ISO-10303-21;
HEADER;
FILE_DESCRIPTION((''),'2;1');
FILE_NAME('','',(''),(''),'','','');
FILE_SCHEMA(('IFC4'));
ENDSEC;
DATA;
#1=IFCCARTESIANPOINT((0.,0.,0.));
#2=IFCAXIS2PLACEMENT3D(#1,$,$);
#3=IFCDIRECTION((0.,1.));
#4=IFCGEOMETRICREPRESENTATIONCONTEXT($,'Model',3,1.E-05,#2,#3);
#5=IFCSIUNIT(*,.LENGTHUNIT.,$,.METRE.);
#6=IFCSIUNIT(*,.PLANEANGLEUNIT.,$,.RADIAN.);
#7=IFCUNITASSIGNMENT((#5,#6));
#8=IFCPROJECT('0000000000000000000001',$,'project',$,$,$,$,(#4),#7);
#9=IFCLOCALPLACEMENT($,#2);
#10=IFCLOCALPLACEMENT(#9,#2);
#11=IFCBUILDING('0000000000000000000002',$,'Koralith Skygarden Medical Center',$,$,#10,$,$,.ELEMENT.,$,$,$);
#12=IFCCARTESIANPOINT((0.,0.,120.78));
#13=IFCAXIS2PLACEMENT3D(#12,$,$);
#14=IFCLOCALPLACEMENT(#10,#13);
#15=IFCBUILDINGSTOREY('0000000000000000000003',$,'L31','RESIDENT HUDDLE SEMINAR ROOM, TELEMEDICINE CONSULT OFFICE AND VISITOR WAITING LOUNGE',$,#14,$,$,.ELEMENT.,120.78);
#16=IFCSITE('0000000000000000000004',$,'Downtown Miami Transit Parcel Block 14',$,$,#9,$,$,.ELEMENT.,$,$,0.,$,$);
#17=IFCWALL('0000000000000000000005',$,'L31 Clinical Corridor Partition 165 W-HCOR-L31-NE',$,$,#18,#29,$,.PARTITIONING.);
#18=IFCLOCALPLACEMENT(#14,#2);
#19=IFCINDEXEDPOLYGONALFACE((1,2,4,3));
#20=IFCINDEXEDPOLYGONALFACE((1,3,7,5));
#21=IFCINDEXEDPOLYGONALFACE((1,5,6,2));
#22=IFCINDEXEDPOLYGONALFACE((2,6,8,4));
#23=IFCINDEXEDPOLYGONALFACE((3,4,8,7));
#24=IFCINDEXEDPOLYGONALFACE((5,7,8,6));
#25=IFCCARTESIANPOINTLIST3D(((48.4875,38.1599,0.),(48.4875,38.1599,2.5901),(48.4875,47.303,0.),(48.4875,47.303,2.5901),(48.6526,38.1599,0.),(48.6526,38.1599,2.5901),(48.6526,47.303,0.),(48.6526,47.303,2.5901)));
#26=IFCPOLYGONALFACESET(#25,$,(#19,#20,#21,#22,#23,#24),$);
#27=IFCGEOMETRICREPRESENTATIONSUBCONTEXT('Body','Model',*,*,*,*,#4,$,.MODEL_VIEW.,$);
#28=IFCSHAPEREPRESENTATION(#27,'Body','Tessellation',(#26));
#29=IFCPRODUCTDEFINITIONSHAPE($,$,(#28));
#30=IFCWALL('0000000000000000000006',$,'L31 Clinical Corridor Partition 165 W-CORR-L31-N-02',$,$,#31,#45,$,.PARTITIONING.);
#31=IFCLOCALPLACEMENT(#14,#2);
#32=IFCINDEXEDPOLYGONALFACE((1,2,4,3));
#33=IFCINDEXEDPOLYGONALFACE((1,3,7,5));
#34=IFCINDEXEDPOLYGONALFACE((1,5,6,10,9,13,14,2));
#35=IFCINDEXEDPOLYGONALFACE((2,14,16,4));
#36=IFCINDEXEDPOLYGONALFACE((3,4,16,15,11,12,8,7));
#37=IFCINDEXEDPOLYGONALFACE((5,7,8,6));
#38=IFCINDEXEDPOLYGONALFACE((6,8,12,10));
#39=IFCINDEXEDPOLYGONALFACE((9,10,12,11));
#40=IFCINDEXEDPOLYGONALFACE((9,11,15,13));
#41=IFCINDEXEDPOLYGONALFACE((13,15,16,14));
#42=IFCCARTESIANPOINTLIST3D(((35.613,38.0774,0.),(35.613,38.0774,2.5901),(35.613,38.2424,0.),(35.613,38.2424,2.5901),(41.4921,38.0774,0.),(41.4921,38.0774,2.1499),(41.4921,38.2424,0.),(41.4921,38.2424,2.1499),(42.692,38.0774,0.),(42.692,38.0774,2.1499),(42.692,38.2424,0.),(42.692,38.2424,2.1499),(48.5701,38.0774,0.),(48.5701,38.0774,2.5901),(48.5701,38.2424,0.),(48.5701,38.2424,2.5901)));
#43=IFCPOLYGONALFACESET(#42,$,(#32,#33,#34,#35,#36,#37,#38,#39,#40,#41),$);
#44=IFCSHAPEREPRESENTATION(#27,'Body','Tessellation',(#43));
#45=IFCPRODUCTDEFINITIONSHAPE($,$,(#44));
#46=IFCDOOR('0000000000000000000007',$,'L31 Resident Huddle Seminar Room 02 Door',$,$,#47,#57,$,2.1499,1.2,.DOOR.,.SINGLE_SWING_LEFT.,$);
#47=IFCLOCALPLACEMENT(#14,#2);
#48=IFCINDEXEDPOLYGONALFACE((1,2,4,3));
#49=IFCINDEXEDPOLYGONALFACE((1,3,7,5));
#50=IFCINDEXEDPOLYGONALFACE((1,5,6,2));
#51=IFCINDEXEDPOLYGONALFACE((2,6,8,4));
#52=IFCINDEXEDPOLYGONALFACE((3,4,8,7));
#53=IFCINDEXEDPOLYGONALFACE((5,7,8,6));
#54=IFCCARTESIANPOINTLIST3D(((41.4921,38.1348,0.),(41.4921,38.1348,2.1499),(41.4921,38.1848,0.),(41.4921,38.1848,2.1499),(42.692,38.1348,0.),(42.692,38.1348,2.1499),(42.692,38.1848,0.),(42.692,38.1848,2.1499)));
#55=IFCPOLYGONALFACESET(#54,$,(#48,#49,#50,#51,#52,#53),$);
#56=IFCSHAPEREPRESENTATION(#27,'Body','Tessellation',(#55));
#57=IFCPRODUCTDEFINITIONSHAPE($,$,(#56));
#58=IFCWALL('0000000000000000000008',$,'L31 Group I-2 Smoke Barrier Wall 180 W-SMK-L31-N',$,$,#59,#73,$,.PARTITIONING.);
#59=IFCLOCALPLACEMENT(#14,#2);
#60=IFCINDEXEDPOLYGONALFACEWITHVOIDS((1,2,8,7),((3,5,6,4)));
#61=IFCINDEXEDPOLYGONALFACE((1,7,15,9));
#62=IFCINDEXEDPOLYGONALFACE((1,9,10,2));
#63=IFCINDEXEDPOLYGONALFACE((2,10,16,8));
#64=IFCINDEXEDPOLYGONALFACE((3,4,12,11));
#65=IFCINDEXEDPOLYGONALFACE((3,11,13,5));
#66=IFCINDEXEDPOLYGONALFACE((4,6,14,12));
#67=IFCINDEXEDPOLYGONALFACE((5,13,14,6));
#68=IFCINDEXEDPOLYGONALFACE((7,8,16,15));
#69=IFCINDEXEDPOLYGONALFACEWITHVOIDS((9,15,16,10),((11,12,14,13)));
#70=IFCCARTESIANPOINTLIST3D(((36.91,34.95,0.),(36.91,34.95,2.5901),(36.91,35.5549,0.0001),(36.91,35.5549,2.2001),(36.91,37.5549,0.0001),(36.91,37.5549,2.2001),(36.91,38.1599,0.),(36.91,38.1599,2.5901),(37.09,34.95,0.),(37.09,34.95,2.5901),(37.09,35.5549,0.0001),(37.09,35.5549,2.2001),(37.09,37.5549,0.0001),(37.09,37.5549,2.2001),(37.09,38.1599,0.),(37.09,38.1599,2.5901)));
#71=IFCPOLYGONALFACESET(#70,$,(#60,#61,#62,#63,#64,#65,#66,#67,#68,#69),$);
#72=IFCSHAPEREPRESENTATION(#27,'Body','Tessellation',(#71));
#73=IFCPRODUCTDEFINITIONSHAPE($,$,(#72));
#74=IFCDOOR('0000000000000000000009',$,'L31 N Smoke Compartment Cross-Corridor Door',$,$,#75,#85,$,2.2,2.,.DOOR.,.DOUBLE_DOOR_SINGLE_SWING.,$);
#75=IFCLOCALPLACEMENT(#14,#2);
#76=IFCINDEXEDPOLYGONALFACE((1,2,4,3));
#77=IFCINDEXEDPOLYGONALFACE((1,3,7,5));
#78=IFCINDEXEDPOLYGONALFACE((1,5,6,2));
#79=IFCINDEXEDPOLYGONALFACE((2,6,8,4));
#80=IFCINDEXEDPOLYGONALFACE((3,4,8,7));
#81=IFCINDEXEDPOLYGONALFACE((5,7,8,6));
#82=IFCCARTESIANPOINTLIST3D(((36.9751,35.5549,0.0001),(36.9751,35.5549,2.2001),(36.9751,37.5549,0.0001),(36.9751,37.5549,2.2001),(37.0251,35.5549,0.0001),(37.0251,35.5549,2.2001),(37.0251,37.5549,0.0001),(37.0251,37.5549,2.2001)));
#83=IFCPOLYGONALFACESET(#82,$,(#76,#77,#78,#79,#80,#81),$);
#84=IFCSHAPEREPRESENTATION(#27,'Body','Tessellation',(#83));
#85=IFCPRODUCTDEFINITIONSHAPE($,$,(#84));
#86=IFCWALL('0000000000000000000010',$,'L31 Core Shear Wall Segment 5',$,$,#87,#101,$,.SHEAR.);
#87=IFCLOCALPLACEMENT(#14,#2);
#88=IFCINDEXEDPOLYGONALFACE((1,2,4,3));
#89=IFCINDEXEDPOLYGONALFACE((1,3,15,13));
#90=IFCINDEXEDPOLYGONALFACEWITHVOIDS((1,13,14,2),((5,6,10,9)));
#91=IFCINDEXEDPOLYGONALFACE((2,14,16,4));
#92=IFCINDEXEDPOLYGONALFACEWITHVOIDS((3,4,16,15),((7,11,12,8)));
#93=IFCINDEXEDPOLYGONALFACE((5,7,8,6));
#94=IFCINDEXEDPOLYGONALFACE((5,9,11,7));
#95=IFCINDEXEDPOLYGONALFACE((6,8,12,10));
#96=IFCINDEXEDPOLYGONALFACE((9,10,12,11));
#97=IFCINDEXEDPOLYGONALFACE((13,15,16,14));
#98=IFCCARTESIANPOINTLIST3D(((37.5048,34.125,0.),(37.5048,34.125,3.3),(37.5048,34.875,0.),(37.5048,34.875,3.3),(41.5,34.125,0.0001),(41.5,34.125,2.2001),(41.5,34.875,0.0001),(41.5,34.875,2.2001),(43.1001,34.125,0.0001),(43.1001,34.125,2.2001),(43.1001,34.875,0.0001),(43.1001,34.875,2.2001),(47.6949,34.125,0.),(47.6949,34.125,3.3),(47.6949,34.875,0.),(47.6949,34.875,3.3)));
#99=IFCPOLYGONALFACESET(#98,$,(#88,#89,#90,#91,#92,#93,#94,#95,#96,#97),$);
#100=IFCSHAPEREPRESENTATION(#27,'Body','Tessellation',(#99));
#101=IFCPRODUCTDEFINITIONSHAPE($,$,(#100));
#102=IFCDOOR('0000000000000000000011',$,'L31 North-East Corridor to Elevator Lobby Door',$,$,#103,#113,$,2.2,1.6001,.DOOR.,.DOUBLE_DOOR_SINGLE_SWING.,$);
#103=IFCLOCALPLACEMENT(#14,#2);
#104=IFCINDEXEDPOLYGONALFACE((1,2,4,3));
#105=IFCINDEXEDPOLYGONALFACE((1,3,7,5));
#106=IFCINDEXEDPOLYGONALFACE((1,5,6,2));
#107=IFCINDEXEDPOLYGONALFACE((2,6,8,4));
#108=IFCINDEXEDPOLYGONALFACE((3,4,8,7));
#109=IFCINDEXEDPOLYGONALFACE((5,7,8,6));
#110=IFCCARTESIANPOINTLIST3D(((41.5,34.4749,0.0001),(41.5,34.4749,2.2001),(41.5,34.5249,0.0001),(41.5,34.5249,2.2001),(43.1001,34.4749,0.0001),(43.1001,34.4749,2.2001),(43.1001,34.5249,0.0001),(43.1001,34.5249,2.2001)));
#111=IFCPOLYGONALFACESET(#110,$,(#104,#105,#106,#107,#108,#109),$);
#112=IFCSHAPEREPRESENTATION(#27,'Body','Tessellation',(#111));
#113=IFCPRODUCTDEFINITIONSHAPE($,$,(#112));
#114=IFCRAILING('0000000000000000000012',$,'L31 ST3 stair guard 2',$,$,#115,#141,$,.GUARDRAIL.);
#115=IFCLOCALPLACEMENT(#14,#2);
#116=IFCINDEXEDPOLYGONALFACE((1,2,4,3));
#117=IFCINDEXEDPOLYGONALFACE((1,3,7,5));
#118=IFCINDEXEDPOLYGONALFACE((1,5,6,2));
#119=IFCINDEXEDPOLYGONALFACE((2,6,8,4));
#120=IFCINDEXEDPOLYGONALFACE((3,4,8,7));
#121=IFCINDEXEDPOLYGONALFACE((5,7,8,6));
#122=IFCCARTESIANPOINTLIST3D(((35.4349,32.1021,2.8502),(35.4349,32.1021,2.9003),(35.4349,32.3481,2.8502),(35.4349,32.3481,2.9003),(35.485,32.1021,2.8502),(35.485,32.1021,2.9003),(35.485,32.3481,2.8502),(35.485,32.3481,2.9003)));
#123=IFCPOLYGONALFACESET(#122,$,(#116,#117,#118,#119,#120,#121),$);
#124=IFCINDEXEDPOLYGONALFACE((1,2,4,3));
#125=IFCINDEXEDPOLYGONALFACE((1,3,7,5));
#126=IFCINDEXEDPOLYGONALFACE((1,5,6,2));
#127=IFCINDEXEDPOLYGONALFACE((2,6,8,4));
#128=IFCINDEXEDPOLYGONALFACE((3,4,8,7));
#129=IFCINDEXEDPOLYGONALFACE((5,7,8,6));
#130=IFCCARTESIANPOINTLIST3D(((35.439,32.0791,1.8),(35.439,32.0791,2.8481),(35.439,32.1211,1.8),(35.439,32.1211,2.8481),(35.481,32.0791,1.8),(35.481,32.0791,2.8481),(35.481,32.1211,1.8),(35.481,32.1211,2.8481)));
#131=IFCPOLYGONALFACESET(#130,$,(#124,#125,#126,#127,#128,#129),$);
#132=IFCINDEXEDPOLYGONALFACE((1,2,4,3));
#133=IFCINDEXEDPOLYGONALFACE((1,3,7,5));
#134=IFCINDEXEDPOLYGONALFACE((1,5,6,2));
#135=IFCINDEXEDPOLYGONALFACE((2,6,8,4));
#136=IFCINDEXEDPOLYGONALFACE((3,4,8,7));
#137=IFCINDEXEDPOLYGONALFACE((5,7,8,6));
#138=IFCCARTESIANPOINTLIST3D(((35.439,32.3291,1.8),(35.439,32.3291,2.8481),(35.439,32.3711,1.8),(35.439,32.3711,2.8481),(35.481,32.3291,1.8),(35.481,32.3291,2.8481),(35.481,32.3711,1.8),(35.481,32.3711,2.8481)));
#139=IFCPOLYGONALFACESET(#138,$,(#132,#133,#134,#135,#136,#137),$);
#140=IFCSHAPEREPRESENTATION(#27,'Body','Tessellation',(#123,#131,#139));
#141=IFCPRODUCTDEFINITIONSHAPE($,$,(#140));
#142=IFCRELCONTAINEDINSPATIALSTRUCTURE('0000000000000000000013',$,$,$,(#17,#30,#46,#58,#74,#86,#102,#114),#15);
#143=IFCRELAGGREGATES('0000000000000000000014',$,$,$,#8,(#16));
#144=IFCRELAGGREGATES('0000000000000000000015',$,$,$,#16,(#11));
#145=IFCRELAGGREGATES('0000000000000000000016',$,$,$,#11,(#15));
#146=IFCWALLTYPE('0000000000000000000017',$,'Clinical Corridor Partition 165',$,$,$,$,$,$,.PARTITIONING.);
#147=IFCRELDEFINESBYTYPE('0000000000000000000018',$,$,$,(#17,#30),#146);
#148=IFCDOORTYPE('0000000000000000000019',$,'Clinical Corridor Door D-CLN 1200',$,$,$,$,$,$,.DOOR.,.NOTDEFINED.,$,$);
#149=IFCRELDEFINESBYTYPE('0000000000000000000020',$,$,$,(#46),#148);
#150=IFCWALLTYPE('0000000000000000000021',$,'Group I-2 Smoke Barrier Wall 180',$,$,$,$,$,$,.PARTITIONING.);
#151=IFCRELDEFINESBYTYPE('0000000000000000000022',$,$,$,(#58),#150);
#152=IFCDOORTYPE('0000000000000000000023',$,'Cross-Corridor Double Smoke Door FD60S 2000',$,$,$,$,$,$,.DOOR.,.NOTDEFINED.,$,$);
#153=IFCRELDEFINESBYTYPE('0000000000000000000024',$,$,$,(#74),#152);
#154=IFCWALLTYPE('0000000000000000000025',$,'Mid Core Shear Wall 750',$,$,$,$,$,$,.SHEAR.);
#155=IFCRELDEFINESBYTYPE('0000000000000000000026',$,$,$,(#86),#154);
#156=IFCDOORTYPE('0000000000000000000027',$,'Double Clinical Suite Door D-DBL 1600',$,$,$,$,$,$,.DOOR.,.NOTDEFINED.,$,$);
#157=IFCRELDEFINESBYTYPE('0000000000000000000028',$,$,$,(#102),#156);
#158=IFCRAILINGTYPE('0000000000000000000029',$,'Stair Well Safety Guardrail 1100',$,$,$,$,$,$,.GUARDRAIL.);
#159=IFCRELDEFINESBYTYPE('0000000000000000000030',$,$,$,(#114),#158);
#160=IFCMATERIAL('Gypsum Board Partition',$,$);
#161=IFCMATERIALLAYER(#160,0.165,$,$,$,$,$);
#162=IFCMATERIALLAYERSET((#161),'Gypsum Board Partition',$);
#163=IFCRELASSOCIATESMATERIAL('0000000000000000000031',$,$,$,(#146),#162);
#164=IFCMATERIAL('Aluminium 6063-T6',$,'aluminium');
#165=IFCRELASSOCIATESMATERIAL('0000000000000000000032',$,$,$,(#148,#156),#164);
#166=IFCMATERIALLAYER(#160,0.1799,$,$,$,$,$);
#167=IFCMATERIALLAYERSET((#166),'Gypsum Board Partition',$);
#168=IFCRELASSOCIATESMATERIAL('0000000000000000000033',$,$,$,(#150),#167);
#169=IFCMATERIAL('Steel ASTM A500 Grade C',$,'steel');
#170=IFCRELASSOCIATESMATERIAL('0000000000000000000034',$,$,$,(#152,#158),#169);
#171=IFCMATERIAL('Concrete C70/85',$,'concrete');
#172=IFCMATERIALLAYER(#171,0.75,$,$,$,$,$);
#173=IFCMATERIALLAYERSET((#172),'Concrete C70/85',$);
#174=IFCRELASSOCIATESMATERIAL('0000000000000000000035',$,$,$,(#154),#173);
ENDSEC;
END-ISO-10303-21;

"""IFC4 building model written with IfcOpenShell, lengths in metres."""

from ifc_helpers import new_model, si_unit, direction, frame, frame_2d, origin, origin_2d, place, context, subcontext, project, spatial, rectangle, extrude, material, layer, layer_set, type_object, element, fill, save


model = new_model("IFC4")

# Units and contexts
model_context = context("Model", 3, precision=1e-05, world=origin(), true_north=direction((0.0, 1.0)))
body_context = subcontext(model_context, "Body", "Model", "MODEL_VIEW")
ifc_project = project(units=[si_unit("LENGTHUNIT", "METRE"), si_unit("PLANEANGLEUNIT", "RADIAN")], contexts=[model_context])

# Site, building, storey
site_placement = place(None, origin())
site = spatial("IfcSite", under=ifc_project, at=site_placement, Name="Downtown Miami Transit Parcel Block 14", CompositionType="ELEMENT", RefElevation=0.0)
building_placement = place(site_placement, origin())
building = spatial("IfcBuilding", under=site, at=building_placement, Name="Koralith Skygarden Medical Center", CompositionType="ELEMENT")
storey_placement = place(building_placement, frame((0.0, 0.0, 120.78)))
storey = spatial("IfcBuildingStorey", under=building, at=storey_placement, Name="L31", Description="RESIDENT HUDDLE SEMINAR ROOM, TELEMEDICINE CONSULT OFFICE AND VISITOR WAITING LOUNGE", CompositionType="ELEMENT", Elevation=120.78)

# Shared definitions
ifc_material_1 = material(Name="Concrete C70/85", Category="concrete")

# Shared definitions
ifc_material_2 = material(Name="Aluminium 6063-T6", Category="aluminium")

# Wall
ifc_material_3 = material(Name="Gypsum Board Partition")
ifc_layer_1 = layer(ifc_material_3, 0.165)
ifc_layer_set_1 = layer_set([ifc_layer_1], Name="Gypsum Board Partition")
wall_type_1 = type_object("IfcWallType", Name="Clinical Corridor Partition 165", PredefinedType="PARTITIONING", material=ifc_layer_set_1)
wall_1_placement = place(storey_placement, frame((48.5701, 38.1599, 0.0), z_axis=(0.0, 0.0, 1.0), x_axis=(0.0, 1.0, 0.0)))
element("IfcWall", 1, at=wall_1_placement, inside=storey, type_object=wall_type_1, Name="L31 Clinical Corridor Partition 165 W-HCOR-L31-NE", PredefinedType="PARTITIONING", context=body_context, shape_type="SweptSolid", body=[
    extrude(rectangle(XDim=9.1431, YDim=0.165, at=frame_2d((4.5715, 0.0))), origin(), (0.0, 0.0, 1.0), 2.5901),
])

# Walls, openings, doors
wall_2_placement = place(storey_placement, frame((35.613, 38.1599, 0.0), z_axis=(0.0, 0.0, 1.0), x_axis=(1.0, 0.0, 0.0)))
wall_2 = element("IfcWall", 2, at=wall_2_placement, inside=storey, type_object=wall_type_1, Name="L31 Clinical Corridor Partition 165 W-CORR-L31-N-02", PredefinedType="PARTITIONING", context=body_context, shape_type="SweptSolid", body=[
    extrude(rectangle(XDim=12.957, YDim=0.165, at=frame_2d((6.4785, 0.0))), origin(), (0.0, 0.0, 1.0), 2.5901),
])
opening_1_placement = place(wall_2_placement, frame((5.8789, 0.0, 0.0)))
opening_1 = element("IfcOpeningElement", 3, at=opening_1_placement, cuts=wall_2, PredefinedType="OPENING", context=body_context, shape_type="SweptSolid", body=[
    extrude(rectangle(XDim=1.2, YDim=2.1499, at=frame_2d((0.6001, 1.075))), frame((0.0, 0.0925, 0.0), z_axis=(0.0, -1.0, 0.0), x_axis=(1.0, 0.0, 0.0)), (0.0, 0.0, 1.0), 0.1851),
])
door_type_1 = type_object("IfcDoorType", Name="Clinical Corridor Door D-CLN 1200", OperationType="NOTDEFINED", PredefinedType="DOOR", material=ifc_material_2)
door_1_placement = place(opening_1_placement, origin())
door_1 = element("IfcDoor", 4, at=door_1_placement, inside=storey, type_object=door_type_1, Name="L31 Resident Huddle Seminar Room 02 Door", OperationType="SINGLE_SWING_LEFT", OverallHeight=2.1499, OverallWidth=1.2, PredefinedType="DOOR", context=body_context, shape_type="SweptSolid", body=[
    extrude(rectangle(XDim=1.2, YDim=2.1499, at=frame_2d((0.6001, 1.075))), frame((0.0, 0.0249, 0.0), z_axis=(0.0, -1.0, 0.0), x_axis=(1.0, 0.0, 0.0)), (0.0, 0.0, 1.0), 0.05),
])
fill(opening_1, door_1)
ifc_layer_2 = layer(ifc_material_3, 0.1799)
ifc_layer_set_2 = layer_set([ifc_layer_2], Name="Gypsum Board Partition")
wall_type_2 = type_object("IfcWallType", Name="Group I-2 Smoke Barrier Wall 180", PredefinedType="PARTITIONING", material=ifc_layer_set_2)
wall_3_placement = place(storey_placement, frame((37.0, 34.95, 0.0), z_axis=(0.0, 0.0, 1.0), x_axis=(0.0, 1.0, 0.0)))
wall_3 = element("IfcWall", 5, at=wall_3_placement, inside=storey, type_object=wall_type_2, Name="L31 Group I-2 Smoke Barrier Wall 180 W-SMK-L31-N", PredefinedType="PARTITIONING", context=body_context, shape_type="SweptSolid", body=[
    extrude(rectangle(XDim=3.21, YDim=0.1799, at=frame_2d((1.605, 0.0))), origin(), (0.0, 0.0, 1.0), 2.5901),
])
opening_2_placement = place(wall_3_placement, frame((0.605, 0.0, 0.0)))
opening_2 = element("IfcOpeningElement", 6, at=opening_2_placement, cuts=wall_3, PredefinedType="OPENING", context=body_context, shape_type="SweptSolid", body=[
    extrude(rectangle(XDim=2.0, YDim=2.2, at=frame_2d((1.0, 1.1001))), frame((0.0, 0.0999, 0.0), z_axis=(0.0, -1.0, 0.0), x_axis=(1.0, 0.0, 0.0)), (0.0, 0.0, 1.0), 0.2),
])
ifc_material_4 = material(Name="Steel ASTM A500 Grade C", Category="steel")
door_type_2 = type_object("IfcDoorType", Name="Cross-Corridor Double Smoke Door FD60S 2000", OperationType="NOTDEFINED", PredefinedType="DOOR", material=ifc_material_4)
door_2_placement = place(opening_2_placement, origin())
door_2 = element("IfcDoor", 7, at=door_2_placement, inside=storey, type_object=door_type_2, Name="L31 N Smoke Compartment Cross-Corridor Door", OperationType="DOUBLE_DOOR_SINGLE_SWING", OverallHeight=2.2, OverallWidth=2.0, PredefinedType="DOOR", context=body_context, shape_type="SweptSolid", body=[
    extrude(rectangle(XDim=2.0, YDim=2.2, at=frame_2d((1.0, 1.1001))), frame((0.0, 0.0249, 0.0), z_axis=(0.0, -1.0, 0.0), x_axis=(1.0, 0.0, 0.0)), (0.0, 0.0, 1.0), 0.05),
])
fill(opening_2, door_2)
ifc_layer_3 = layer(ifc_material_1, 0.75)
ifc_layer_set_3 = layer_set([ifc_layer_3], Name="Concrete C70/85")
wall_type_3 = type_object("IfcWallType", Name="Mid Core Shear Wall 750", PredefinedType="SHEAR", material=ifc_layer_set_3)
wall_4_placement = place(storey_placement, frame((47.6951, 34.5, 0.0), z_axis=(0.0, 0.0, 1.0), x_axis=(-1.0, 0.0, 0.0)))
wall_4 = element("IfcWall", 8, at=wall_4_placement, inside=storey, type_object=wall_type_3, Name="L31 Core Shear Wall Segment 5", PredefinedType="SHEAR", context=body_context, shape_type="SweptSolid", body=[
    extrude(rectangle(XDim=10.1902, YDim=0.75, at=frame_2d((5.0952, 0.0))), origin(), (0.0, 0.0, 1.0), 3.3),
])
opening_3_placement = place(wall_4_placement, frame((4.595, 0.0, 0.0)))
opening_3 = element("IfcOpeningElement", 9, at=opening_3_placement, cuts=wall_4, PredefinedType="OPENING", context=body_context, shape_type="SweptSolid", body=[
    extrude(rectangle(XDim=1.6001, YDim=2.2, at=frame_2d((0.8, 1.1001))), frame((0.0, 0.385, 0.0), z_axis=(0.0, -1.0, 0.0), x_axis=(1.0, 0.0, 0.0)), (0.0, 0.0, 1.0), 0.77),
])
door_type_3 = type_object("IfcDoorType", Name="Double Clinical Suite Door D-DBL 1600", OperationType="NOTDEFINED", PredefinedType="DOOR", material=ifc_material_2)
door_3_placement = place(opening_3_placement, frame((1.6001, 0.0, 0.0), z_axis=(0.0, 0.0, 1.0), x_axis=(-1.0, 0.0, 0.0)))
door_3 = element("IfcDoor", 10, at=door_3_placement, inside=storey, type_object=door_type_3, Name="L31 North-East Corridor to Elevator Lobby Door", OperationType="DOUBLE_DOOR_SINGLE_SWING", OverallHeight=2.2, OverallWidth=1.6001, PredefinedType="DOOR", context=body_context, shape_type="SweptSolid", body=[
    extrude(rectangle(XDim=1.6001, YDim=2.2, at=frame_2d((0.8, 1.1001))), frame((0.0, 0.0249, 0.0), z_axis=(0.0, -1.0, 0.0), x_axis=(1.0, 0.0, 0.0)), (0.0, 0.0, 1.0), 0.05),
])
fill(opening_3, door_3)

# Railing
railing_type = type_object("IfcRailingType", Name="Stair Well Safety Guardrail 1100", PredefinedType="GUARDRAIL", material=ifc_material_4)
railing_placement = place(storey_placement, frame((35.46, 32.1001, 1.8)))
element("IfcRailing", 11, at=railing_placement, inside=storey, type_object=railing_type, Name="L31 ST3 stair guard 2", PredefinedType="GUARDRAIL", context=body_context, shape_type="SweptSolid", body=[
    extrude(rectangle(XDim=0.05, YDim=0.05, at=origin_2d()), frame((0.0, 0.002, 1.0752), z_axis=(0.0, 1.0, 0.0), x_axis=(-1.0, 0.0, 0.0)), (0.0, 0.0, 1.0), 0.2461),
    extrude(rectangle(XDim=0.042, YDim=0.042, at=origin_2d()), origin(), (0.0, 0.0, 1.0), 1.0481),
    extrude(rectangle(XDim=0.042, YDim=0.042, at=origin_2d()), frame((0.0, 0.25, 0.0)), (0.0, 0.0, 1.0), 1.0481),
])

save(model, "model.ifc")
